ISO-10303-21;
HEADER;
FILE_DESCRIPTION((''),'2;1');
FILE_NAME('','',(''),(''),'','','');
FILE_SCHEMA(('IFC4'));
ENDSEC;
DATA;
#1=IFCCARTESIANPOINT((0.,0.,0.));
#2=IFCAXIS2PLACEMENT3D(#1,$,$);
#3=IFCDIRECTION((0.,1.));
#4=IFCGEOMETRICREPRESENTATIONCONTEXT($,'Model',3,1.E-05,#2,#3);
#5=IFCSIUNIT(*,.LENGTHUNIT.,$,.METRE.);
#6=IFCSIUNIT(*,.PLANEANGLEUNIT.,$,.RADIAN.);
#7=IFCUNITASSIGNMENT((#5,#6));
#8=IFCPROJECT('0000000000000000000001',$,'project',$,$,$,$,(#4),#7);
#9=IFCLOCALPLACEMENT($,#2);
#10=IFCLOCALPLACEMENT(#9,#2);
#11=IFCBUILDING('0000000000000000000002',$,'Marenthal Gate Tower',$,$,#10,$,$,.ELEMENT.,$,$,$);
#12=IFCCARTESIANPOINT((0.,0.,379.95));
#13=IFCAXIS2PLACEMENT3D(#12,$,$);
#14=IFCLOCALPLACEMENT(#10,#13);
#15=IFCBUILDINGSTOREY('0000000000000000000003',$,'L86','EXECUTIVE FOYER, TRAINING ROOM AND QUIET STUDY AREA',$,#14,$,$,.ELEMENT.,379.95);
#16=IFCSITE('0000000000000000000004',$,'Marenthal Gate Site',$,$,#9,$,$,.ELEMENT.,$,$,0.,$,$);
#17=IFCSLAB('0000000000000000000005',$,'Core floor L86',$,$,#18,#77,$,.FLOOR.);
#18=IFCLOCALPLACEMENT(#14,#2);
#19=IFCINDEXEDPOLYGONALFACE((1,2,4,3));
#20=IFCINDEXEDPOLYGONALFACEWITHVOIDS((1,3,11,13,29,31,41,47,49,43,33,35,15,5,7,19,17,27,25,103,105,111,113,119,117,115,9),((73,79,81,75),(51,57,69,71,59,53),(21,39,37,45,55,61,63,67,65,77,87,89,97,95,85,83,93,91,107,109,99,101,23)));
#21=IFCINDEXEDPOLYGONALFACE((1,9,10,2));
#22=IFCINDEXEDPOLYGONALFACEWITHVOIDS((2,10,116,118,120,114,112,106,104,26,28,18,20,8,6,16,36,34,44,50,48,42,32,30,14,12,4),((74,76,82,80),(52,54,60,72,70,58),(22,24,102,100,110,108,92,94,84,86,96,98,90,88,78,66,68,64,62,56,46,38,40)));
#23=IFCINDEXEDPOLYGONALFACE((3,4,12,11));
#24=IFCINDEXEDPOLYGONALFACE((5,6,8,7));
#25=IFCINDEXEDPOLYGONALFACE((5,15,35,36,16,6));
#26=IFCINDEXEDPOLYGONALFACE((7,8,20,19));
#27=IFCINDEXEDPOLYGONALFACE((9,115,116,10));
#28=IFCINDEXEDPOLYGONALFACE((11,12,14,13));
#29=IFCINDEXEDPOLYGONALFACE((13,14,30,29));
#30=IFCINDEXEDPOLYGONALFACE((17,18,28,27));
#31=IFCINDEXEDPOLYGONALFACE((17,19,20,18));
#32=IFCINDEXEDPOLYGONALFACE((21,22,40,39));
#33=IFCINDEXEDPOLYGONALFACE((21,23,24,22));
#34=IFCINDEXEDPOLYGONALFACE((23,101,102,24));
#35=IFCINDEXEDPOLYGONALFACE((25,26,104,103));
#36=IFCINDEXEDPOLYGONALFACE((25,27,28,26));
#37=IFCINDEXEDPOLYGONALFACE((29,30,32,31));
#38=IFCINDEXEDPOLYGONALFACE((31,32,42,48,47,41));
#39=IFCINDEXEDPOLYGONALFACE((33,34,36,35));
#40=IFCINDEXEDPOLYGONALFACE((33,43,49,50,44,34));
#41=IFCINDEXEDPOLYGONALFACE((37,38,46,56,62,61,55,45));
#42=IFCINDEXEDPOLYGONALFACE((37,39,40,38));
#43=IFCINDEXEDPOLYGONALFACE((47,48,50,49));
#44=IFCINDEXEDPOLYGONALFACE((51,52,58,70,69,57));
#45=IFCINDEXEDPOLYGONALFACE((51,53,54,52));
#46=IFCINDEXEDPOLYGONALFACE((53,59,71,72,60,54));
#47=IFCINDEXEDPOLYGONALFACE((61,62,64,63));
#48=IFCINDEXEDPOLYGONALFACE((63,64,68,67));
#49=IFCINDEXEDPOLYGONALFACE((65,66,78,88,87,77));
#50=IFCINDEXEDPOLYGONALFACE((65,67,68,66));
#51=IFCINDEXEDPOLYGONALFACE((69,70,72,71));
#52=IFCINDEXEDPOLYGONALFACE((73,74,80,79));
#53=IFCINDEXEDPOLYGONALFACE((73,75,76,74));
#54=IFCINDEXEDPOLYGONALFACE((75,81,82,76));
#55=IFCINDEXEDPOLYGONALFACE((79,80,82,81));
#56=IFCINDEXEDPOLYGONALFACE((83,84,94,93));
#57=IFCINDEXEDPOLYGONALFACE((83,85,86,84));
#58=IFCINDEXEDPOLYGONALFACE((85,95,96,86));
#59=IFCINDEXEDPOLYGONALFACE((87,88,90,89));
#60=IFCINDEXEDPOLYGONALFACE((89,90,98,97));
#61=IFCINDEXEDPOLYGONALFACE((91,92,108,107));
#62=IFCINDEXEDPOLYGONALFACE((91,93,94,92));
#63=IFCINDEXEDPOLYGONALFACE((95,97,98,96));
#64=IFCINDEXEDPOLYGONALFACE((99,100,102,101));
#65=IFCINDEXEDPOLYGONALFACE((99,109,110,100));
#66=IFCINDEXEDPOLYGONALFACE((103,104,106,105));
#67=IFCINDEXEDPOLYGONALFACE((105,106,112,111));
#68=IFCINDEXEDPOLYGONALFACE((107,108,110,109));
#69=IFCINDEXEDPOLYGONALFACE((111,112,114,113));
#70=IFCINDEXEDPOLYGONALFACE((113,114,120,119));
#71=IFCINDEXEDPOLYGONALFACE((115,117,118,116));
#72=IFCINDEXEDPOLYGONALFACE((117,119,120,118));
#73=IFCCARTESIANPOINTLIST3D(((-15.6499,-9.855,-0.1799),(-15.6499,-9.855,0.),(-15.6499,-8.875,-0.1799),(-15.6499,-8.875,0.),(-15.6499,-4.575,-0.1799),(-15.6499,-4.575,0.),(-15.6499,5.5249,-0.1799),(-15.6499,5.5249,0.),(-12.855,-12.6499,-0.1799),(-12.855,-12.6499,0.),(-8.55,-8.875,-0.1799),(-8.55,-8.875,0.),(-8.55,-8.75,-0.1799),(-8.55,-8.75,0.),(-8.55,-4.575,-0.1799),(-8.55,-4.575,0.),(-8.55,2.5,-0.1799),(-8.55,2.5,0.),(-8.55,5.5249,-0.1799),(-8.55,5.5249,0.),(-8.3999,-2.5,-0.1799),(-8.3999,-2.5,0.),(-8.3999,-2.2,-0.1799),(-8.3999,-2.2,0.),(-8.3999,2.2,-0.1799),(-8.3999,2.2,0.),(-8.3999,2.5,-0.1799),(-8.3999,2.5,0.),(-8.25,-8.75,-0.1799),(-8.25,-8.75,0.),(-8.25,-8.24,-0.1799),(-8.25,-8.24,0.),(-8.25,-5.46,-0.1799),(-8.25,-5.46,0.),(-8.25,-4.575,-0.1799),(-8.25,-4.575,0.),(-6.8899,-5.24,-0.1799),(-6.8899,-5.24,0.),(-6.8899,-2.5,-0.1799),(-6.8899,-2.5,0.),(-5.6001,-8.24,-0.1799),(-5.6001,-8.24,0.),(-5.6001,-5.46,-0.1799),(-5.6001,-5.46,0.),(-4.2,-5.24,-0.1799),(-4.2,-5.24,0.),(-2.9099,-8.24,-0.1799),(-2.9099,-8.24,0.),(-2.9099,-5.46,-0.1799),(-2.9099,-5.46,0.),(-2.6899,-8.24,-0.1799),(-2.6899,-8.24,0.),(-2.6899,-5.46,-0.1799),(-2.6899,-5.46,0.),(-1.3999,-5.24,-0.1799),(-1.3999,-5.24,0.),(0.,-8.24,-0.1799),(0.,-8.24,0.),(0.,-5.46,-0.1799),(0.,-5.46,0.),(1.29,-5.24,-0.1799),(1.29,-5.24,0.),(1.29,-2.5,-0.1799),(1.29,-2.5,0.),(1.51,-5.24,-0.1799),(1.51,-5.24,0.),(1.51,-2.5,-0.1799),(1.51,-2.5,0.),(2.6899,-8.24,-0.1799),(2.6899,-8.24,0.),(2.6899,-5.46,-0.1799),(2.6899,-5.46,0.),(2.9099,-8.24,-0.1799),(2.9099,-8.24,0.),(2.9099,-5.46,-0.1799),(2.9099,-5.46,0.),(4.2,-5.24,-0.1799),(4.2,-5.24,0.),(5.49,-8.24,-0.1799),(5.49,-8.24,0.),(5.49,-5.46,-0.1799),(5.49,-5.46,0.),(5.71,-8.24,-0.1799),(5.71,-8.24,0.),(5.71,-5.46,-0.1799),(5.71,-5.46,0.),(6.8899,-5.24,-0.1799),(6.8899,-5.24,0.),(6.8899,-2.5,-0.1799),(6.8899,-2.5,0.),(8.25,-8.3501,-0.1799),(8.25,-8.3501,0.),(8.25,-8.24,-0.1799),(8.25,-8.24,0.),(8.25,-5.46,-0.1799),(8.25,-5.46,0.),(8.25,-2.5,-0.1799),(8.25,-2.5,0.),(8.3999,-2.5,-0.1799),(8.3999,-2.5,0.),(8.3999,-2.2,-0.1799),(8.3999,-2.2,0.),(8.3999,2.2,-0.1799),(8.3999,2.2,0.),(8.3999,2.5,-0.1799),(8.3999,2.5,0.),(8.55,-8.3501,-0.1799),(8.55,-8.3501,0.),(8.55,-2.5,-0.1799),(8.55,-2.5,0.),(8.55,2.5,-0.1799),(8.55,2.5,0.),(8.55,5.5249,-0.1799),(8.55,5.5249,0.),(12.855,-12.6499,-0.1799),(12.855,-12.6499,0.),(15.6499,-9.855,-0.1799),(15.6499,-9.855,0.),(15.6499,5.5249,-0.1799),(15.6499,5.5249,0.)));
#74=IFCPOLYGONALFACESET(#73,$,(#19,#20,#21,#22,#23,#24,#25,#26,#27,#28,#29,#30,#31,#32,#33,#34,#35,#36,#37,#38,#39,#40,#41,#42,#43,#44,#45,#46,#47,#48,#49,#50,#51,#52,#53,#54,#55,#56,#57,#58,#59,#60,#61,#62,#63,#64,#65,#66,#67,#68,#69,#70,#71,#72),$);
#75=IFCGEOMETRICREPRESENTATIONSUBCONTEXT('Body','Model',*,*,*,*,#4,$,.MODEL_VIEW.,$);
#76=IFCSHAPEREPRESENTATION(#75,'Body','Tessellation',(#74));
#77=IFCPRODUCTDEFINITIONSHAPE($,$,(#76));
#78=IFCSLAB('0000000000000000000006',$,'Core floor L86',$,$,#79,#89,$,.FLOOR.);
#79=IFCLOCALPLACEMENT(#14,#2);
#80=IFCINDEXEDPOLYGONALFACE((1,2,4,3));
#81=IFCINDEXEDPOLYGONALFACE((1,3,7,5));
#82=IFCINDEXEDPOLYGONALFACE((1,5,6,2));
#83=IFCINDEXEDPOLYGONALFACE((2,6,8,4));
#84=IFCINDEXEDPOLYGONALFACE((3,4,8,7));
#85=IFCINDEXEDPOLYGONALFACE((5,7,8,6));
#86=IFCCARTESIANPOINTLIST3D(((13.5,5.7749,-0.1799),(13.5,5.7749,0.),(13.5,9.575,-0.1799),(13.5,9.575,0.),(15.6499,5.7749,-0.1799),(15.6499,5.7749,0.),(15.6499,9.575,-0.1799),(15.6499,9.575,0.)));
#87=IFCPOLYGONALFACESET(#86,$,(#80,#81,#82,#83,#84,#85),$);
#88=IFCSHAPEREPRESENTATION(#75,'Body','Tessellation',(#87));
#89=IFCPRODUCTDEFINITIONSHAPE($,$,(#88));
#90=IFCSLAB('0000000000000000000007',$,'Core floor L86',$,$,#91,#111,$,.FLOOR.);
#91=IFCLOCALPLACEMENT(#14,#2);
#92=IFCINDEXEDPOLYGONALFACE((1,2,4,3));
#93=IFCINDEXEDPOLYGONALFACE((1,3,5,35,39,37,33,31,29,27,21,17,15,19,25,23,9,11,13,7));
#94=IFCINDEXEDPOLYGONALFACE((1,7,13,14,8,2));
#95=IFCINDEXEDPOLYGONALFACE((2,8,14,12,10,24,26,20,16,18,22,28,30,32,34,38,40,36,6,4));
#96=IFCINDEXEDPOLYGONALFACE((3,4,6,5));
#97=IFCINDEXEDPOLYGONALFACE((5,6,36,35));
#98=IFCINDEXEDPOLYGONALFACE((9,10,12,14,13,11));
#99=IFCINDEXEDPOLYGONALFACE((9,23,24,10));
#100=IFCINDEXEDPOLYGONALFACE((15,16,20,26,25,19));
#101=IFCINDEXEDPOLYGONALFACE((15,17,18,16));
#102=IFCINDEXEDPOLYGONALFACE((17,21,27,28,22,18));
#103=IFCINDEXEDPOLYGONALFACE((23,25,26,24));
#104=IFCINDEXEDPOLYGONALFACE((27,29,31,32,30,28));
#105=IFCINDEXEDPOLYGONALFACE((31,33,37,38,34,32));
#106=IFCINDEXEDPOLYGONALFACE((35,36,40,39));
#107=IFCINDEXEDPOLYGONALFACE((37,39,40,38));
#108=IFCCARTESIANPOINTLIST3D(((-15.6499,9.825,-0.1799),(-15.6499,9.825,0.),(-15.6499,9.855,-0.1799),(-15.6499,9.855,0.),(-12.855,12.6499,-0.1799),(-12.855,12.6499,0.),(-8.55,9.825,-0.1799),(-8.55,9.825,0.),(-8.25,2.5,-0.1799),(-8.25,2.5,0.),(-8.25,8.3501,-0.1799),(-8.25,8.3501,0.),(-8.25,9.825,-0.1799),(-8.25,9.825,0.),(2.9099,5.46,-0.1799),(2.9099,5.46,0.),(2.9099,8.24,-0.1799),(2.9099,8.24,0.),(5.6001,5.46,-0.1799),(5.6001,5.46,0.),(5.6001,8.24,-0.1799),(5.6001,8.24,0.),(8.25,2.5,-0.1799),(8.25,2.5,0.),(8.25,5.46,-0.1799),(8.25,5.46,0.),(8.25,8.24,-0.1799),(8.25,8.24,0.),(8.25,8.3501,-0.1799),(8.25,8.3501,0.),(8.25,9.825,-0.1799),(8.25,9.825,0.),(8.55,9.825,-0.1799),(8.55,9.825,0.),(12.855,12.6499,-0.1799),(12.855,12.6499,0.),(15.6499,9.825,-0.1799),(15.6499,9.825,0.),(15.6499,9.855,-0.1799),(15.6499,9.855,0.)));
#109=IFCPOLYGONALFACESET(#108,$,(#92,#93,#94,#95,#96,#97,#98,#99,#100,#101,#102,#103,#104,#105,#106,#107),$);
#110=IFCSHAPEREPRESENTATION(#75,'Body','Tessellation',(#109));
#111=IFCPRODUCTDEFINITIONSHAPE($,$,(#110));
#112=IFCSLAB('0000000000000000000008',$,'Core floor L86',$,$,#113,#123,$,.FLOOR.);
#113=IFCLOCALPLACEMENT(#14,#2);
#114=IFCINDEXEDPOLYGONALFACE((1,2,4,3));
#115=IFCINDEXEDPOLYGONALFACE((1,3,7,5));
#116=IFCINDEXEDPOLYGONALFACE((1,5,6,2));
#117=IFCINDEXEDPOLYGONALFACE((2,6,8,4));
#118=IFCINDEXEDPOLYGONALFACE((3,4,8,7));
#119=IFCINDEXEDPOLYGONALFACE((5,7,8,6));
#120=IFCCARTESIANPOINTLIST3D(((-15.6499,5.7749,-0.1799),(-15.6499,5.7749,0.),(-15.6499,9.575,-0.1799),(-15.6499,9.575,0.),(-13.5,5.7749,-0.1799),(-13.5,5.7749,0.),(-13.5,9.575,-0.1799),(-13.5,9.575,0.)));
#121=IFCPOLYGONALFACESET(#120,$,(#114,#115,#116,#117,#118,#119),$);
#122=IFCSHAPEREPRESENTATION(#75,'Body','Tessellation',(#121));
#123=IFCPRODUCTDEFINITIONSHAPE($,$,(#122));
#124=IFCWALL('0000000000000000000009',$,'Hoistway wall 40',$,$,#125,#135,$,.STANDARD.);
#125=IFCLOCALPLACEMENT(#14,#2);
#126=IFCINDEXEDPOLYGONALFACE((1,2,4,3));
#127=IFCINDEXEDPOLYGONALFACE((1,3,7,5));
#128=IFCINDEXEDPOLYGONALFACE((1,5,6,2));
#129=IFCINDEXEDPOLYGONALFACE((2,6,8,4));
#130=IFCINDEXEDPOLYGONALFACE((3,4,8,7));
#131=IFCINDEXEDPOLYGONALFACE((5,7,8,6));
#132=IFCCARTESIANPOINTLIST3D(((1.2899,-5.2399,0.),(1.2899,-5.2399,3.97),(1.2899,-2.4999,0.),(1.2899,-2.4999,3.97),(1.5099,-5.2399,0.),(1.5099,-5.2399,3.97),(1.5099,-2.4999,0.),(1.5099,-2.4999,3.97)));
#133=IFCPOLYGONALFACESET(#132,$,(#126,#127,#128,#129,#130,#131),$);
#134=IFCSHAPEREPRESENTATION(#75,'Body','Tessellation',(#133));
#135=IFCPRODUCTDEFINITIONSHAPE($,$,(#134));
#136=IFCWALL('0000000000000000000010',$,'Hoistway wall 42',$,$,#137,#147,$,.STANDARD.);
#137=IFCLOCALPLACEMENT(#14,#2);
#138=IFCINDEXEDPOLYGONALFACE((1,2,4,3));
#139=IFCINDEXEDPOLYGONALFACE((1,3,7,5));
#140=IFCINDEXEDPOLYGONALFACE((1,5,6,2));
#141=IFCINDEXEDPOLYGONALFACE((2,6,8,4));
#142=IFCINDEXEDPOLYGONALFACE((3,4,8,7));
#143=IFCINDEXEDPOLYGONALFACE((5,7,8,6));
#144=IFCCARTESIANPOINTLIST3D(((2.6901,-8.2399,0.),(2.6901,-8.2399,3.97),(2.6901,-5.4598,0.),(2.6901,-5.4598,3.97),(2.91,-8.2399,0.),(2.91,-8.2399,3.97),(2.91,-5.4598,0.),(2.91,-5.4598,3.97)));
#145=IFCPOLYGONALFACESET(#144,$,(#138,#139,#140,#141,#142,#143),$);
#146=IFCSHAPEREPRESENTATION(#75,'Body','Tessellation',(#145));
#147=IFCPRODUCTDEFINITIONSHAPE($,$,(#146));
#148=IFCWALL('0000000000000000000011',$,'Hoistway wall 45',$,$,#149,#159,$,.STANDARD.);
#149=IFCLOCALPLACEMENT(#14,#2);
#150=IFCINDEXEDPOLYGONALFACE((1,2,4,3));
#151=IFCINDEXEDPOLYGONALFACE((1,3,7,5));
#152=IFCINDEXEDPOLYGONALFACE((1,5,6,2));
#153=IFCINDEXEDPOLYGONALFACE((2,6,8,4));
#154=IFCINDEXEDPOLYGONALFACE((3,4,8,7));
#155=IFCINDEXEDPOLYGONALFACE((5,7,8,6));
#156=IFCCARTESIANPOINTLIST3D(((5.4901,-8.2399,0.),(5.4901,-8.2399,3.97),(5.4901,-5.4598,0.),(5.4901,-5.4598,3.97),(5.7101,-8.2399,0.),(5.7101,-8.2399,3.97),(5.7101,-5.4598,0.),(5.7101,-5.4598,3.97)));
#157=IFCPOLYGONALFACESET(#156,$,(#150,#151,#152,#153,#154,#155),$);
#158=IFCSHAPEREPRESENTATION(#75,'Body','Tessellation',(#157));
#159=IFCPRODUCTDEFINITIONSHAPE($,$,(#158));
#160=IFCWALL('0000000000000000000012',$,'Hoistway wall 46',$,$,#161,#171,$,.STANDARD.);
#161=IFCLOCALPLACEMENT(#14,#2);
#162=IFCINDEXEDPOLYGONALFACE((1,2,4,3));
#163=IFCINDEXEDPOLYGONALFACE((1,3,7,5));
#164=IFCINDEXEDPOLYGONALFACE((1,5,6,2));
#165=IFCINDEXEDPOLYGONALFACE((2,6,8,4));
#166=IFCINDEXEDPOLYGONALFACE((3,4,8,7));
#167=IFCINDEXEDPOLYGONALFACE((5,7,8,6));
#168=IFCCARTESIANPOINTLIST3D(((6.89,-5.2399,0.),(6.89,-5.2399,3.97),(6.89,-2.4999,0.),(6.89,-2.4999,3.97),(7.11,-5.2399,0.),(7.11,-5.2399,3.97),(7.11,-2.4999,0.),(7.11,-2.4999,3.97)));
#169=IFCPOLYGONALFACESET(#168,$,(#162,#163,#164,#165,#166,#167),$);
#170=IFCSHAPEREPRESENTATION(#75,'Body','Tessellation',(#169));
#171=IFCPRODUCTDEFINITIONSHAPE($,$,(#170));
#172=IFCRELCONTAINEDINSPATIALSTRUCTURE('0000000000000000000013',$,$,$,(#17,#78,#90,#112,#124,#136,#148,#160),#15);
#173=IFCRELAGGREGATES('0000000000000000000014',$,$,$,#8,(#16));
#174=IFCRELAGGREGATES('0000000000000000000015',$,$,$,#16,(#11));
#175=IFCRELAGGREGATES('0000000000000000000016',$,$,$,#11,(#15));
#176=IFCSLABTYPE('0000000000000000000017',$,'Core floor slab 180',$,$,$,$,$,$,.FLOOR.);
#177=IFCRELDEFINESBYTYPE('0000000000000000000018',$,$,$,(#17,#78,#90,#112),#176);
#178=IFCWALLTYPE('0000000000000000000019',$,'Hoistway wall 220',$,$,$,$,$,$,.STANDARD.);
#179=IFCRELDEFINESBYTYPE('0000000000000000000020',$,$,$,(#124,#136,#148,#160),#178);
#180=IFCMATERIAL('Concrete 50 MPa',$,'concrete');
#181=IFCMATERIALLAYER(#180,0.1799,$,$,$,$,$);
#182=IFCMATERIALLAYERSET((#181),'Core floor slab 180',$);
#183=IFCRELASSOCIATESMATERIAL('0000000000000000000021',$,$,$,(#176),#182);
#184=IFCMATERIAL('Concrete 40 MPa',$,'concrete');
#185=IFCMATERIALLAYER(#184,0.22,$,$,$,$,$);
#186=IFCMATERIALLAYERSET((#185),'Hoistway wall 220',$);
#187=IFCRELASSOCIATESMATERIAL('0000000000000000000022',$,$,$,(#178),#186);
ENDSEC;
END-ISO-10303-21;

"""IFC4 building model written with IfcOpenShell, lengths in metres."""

from ifc_helpers import new_model, si_unit, direction, frame, frame_2d, origin, place, context, subcontext, project, spatial, polyline, rectangle, outline, extrude, material, layer, layer_set, type_object, element, save


model = new_model("IFC4")

# Units and contexts
model_context = context("Model", 3, precision=1e-05, world=origin(), true_north=direction((0.0, 1.0)))
body_context = subcontext(model_context, "Body", "Model", "MODEL_VIEW")
ifc_project = project(units=[si_unit("LENGTHUNIT", "METRE"), si_unit("PLANEANGLEUNIT", "RADIAN")], contexts=[model_context])

# Site, building, storey
site_placement = place(None, origin())
site = spatial("IfcSite", under=ifc_project, at=site_placement, Name="Marenthal Gate Site", CompositionType="ELEMENT", RefElevation=0.0)
building_placement = place(site_placement, origin())
building = spatial("IfcBuilding", under=site, at=building_placement, Name="Marenthal Gate Tower", CompositionType="ELEMENT")
storey_placement = place(building_placement, frame((0.0, 0.0, 379.95)))
storey = spatial("IfcBuildingStorey", under=building, at=storey_placement, Name="L86", Description="EXECUTIVE FOYER, TRAINING ROOM AND QUIET STUDY AREA", CompositionType="ELEMENT", Elevation=379.95)

# Slabs
ifc_material_1 = material(Name="Concrete 50 MPa", Category="concrete")
ifc_layer_1 = layer(ifc_material_1, 0.1799)
ifc_layer_set_1 = layer_set([ifc_layer_1], Name="Core floor slab 180")
slab_type_1 = type_object("IfcSlabType", Name="Core floor slab 180", PredefinedType="FLOOR", material=ifc_layer_set_1)
slab_1_placement = place(storey_placement, frame((0.0, 0.0, -0.1799)))
element("IfcSlab", 1, at=slab_1_placement, inside=storey, type_object=slab_type_1, Name="Core floor L86", PredefinedType="FLOOR", context=body_context, shape_type="SweptSolid", body=[
    extrude(outline(polyline([(12.855, -12.6499), (-12.855, -12.6499), (-15.6499, -9.855), (-15.6499, -8.875), (-8.55, -8.875), (-8.55, -8.75), (-8.25, -8.75), (-8.25, -8.24), (-5.6001, -8.24), (-2.9099, -8.24), (-2.9099, -5.46), (-5.6001, -5.46), (-8.25, -5.46), (-8.25, -4.575), (-8.55, -4.575), (-15.6499, -4.575), (-15.6499, 5.5249), (-8.55, 5.5249), (-8.55, 2.5), (-8.3999, 2.5), (-8.3999, 2.2), (8.3999, 2.2), (8.3999, 2.5), (8.55, 2.5), (8.55, 5.5249), (15.6499, 5.5249), (15.6499, -9.855), (12.855, -12.6499)]), holes=[polyline([(0.0, -8.24), (2.6899, -8.24), (2.6899, -5.46), (0.0, -5.46), (-2.6899, -5.46), (-2.6899, -8.24), (0.0, -8.24)]), polyline([(1.29, -5.24), (1.29, -2.5), (1.51, -2.5), (1.51, -5.24), (4.2, -5.24), (6.8899, -5.24), (6.8899, -2.5), (8.25, -2.5), (8.25, -5.46), (5.71, -5.46), (5.71, -8.24), (8.25, -8.24), (8.25, -8.3501), (8.55, -8.3501), (8.55, -2.5), (8.3999, -2.5), (8.3999, -2.2), (-8.3999, -2.2), (-8.3999, -2.5), (-6.8899, -2.5), (-6.8899, -5.24), (-4.2, -5.24), (-1.3999, -5.24), (1.29, -5.24)]), polyline([(5.49, -5.46), (2.9099, -5.46), (2.9099, -8.24), (5.49, -8.24), (5.49, -5.46)])]), origin(), (0.0, 0.0, 1.0), 0.1799),
])
slab_2_placement = place(storey_placement, frame((0.0, 0.0, -0.1799)))
element("IfcSlab", 2, at=slab_2_placement, inside=storey, type_object=slab_type_1, Name="Core floor L86", PredefinedType="FLOOR", context=body_context, shape_type="SweptSolid", body=[
    extrude(outline(polyline([(15.6499, 5.7749), (13.5, 5.7749), (13.5, 9.575), (15.6499, 9.575), (15.6499, 5.7749)])), origin(), (0.0, 0.0, 1.0), 0.1799),
])
slab_3_placement = place(storey_placement, frame((0.0, 0.0, -0.1799)))
element("IfcSlab", 3, at=slab_3_placement, inside=storey, type_object=slab_type_1, Name="Core floor L86", PredefinedType="FLOOR", context=body_context, shape_type="SweptSolid", body=[
    extrude(outline(polyline([(15.6499, 9.825), (8.55, 9.825), (8.25, 9.825), (8.25, 8.3501), (8.25, 8.24), (5.6001, 8.24), (2.9099, 8.24), (2.9099, 5.46), (5.6001, 5.46), (8.25, 5.46), (8.25, 2.5), (-8.25, 2.5), (-8.25, 8.3501), (-8.25, 9.825), (-8.55, 9.825), (-15.6499, 9.825), (-15.6499, 9.855), (-12.855, 12.6499), (12.855, 12.6499), (15.6499, 9.855), (15.6499, 9.825)])), origin(), (0.0, 0.0, 1.0), 0.1799),
])
slab_4_placement = place(storey_placement, frame((0.0, 0.0, -0.1799)))
element("IfcSlab", 4, at=slab_4_placement, inside=storey, type_object=slab_type_1, Name="Core floor L86", PredefinedType="FLOOR", context=body_context, shape_type="SweptSolid", body=[
    extrude(outline(polyline([(-15.6499, 9.575), (-13.5, 9.575), (-13.5, 5.7749), (-15.6499, 5.7749), (-15.6499, 9.575)])), origin(), (0.0, 0.0, 1.0), 0.1799),
])

# Walls
ifc_material_2 = material(Name="Concrete 40 MPa", Category="concrete")
ifc_layer_2 = layer(ifc_material_2, 0.22)
ifc_layer_set_2 = layer_set([ifc_layer_2], Name="Hoistway wall 220")
wall_type_1 = type_object("IfcWallType", Name="Hoistway wall 220", PredefinedType="STANDARD", material=ifc_layer_set_2)
wall_1_placement = place(storey_placement, frame((1.3999, -5.24, 0.0), z_axis=(0.0, 0.0, 1.0), x_axis=(0.0, 1.0, 0.0)))
element("IfcWall", 5, at=wall_1_placement, inside=storey, type_object=wall_type_1, Name="Hoistway wall 40", PredefinedType="STANDARD", context=body_context, shape_type="SweptSolid", body=[
    extrude(rectangle(XDim=2.74, YDim=0.22, at=frame_2d((1.3701, 0.0))), origin(), (0.0, 0.0, 1.0), 3.97),
])
for number, where, z_axis, x_axis, name in (
    (6, (2.8, -8.24, 0.0), (0.0, 0.0, 1.0), (0.0, 1.0, 0.0), "Hoistway wall 42"),
    (7, (5.6001, -8.24, 0.0), (0.0, 0.0, 1.0), (0.0, 1.0, 0.0), "Hoistway wall 45"),
):
    element("IfcWall", number, at=place(storey_placement, frame(where, z_axis=z_axis, x_axis=x_axis)), inside=storey, type_object=wall_type_1, Name=name, PredefinedType="STANDARD", context=body_context, shape_type="SweptSolid", body=[
        extrude(rectangle(XDim=2.78, YDim=0.22, at=frame_2d((1.3901, 0.0))), origin(), (0.0, 0.0, 1.0), 3.97),
    ])
wall_2_placement = place(storey_placement, frame((7.0, -5.24, 0.0), z_axis=(0.0, 0.0, 1.0), x_axis=(0.0, 1.0, 0.0)))
element("IfcWall", 8, at=wall_2_placement, inside=storey, type_object=wall_type_1, Name="Hoistway wall 46", PredefinedType="STANDARD", context=body_context, shape_type="SweptSolid", body=[
    extrude(rectangle(XDim=2.74, YDim=0.22, at=frame_2d((1.3701, 0.0))), origin(), (0.0, 0.0, 1.0), 3.97),
])

save(model, "model.ifc")
